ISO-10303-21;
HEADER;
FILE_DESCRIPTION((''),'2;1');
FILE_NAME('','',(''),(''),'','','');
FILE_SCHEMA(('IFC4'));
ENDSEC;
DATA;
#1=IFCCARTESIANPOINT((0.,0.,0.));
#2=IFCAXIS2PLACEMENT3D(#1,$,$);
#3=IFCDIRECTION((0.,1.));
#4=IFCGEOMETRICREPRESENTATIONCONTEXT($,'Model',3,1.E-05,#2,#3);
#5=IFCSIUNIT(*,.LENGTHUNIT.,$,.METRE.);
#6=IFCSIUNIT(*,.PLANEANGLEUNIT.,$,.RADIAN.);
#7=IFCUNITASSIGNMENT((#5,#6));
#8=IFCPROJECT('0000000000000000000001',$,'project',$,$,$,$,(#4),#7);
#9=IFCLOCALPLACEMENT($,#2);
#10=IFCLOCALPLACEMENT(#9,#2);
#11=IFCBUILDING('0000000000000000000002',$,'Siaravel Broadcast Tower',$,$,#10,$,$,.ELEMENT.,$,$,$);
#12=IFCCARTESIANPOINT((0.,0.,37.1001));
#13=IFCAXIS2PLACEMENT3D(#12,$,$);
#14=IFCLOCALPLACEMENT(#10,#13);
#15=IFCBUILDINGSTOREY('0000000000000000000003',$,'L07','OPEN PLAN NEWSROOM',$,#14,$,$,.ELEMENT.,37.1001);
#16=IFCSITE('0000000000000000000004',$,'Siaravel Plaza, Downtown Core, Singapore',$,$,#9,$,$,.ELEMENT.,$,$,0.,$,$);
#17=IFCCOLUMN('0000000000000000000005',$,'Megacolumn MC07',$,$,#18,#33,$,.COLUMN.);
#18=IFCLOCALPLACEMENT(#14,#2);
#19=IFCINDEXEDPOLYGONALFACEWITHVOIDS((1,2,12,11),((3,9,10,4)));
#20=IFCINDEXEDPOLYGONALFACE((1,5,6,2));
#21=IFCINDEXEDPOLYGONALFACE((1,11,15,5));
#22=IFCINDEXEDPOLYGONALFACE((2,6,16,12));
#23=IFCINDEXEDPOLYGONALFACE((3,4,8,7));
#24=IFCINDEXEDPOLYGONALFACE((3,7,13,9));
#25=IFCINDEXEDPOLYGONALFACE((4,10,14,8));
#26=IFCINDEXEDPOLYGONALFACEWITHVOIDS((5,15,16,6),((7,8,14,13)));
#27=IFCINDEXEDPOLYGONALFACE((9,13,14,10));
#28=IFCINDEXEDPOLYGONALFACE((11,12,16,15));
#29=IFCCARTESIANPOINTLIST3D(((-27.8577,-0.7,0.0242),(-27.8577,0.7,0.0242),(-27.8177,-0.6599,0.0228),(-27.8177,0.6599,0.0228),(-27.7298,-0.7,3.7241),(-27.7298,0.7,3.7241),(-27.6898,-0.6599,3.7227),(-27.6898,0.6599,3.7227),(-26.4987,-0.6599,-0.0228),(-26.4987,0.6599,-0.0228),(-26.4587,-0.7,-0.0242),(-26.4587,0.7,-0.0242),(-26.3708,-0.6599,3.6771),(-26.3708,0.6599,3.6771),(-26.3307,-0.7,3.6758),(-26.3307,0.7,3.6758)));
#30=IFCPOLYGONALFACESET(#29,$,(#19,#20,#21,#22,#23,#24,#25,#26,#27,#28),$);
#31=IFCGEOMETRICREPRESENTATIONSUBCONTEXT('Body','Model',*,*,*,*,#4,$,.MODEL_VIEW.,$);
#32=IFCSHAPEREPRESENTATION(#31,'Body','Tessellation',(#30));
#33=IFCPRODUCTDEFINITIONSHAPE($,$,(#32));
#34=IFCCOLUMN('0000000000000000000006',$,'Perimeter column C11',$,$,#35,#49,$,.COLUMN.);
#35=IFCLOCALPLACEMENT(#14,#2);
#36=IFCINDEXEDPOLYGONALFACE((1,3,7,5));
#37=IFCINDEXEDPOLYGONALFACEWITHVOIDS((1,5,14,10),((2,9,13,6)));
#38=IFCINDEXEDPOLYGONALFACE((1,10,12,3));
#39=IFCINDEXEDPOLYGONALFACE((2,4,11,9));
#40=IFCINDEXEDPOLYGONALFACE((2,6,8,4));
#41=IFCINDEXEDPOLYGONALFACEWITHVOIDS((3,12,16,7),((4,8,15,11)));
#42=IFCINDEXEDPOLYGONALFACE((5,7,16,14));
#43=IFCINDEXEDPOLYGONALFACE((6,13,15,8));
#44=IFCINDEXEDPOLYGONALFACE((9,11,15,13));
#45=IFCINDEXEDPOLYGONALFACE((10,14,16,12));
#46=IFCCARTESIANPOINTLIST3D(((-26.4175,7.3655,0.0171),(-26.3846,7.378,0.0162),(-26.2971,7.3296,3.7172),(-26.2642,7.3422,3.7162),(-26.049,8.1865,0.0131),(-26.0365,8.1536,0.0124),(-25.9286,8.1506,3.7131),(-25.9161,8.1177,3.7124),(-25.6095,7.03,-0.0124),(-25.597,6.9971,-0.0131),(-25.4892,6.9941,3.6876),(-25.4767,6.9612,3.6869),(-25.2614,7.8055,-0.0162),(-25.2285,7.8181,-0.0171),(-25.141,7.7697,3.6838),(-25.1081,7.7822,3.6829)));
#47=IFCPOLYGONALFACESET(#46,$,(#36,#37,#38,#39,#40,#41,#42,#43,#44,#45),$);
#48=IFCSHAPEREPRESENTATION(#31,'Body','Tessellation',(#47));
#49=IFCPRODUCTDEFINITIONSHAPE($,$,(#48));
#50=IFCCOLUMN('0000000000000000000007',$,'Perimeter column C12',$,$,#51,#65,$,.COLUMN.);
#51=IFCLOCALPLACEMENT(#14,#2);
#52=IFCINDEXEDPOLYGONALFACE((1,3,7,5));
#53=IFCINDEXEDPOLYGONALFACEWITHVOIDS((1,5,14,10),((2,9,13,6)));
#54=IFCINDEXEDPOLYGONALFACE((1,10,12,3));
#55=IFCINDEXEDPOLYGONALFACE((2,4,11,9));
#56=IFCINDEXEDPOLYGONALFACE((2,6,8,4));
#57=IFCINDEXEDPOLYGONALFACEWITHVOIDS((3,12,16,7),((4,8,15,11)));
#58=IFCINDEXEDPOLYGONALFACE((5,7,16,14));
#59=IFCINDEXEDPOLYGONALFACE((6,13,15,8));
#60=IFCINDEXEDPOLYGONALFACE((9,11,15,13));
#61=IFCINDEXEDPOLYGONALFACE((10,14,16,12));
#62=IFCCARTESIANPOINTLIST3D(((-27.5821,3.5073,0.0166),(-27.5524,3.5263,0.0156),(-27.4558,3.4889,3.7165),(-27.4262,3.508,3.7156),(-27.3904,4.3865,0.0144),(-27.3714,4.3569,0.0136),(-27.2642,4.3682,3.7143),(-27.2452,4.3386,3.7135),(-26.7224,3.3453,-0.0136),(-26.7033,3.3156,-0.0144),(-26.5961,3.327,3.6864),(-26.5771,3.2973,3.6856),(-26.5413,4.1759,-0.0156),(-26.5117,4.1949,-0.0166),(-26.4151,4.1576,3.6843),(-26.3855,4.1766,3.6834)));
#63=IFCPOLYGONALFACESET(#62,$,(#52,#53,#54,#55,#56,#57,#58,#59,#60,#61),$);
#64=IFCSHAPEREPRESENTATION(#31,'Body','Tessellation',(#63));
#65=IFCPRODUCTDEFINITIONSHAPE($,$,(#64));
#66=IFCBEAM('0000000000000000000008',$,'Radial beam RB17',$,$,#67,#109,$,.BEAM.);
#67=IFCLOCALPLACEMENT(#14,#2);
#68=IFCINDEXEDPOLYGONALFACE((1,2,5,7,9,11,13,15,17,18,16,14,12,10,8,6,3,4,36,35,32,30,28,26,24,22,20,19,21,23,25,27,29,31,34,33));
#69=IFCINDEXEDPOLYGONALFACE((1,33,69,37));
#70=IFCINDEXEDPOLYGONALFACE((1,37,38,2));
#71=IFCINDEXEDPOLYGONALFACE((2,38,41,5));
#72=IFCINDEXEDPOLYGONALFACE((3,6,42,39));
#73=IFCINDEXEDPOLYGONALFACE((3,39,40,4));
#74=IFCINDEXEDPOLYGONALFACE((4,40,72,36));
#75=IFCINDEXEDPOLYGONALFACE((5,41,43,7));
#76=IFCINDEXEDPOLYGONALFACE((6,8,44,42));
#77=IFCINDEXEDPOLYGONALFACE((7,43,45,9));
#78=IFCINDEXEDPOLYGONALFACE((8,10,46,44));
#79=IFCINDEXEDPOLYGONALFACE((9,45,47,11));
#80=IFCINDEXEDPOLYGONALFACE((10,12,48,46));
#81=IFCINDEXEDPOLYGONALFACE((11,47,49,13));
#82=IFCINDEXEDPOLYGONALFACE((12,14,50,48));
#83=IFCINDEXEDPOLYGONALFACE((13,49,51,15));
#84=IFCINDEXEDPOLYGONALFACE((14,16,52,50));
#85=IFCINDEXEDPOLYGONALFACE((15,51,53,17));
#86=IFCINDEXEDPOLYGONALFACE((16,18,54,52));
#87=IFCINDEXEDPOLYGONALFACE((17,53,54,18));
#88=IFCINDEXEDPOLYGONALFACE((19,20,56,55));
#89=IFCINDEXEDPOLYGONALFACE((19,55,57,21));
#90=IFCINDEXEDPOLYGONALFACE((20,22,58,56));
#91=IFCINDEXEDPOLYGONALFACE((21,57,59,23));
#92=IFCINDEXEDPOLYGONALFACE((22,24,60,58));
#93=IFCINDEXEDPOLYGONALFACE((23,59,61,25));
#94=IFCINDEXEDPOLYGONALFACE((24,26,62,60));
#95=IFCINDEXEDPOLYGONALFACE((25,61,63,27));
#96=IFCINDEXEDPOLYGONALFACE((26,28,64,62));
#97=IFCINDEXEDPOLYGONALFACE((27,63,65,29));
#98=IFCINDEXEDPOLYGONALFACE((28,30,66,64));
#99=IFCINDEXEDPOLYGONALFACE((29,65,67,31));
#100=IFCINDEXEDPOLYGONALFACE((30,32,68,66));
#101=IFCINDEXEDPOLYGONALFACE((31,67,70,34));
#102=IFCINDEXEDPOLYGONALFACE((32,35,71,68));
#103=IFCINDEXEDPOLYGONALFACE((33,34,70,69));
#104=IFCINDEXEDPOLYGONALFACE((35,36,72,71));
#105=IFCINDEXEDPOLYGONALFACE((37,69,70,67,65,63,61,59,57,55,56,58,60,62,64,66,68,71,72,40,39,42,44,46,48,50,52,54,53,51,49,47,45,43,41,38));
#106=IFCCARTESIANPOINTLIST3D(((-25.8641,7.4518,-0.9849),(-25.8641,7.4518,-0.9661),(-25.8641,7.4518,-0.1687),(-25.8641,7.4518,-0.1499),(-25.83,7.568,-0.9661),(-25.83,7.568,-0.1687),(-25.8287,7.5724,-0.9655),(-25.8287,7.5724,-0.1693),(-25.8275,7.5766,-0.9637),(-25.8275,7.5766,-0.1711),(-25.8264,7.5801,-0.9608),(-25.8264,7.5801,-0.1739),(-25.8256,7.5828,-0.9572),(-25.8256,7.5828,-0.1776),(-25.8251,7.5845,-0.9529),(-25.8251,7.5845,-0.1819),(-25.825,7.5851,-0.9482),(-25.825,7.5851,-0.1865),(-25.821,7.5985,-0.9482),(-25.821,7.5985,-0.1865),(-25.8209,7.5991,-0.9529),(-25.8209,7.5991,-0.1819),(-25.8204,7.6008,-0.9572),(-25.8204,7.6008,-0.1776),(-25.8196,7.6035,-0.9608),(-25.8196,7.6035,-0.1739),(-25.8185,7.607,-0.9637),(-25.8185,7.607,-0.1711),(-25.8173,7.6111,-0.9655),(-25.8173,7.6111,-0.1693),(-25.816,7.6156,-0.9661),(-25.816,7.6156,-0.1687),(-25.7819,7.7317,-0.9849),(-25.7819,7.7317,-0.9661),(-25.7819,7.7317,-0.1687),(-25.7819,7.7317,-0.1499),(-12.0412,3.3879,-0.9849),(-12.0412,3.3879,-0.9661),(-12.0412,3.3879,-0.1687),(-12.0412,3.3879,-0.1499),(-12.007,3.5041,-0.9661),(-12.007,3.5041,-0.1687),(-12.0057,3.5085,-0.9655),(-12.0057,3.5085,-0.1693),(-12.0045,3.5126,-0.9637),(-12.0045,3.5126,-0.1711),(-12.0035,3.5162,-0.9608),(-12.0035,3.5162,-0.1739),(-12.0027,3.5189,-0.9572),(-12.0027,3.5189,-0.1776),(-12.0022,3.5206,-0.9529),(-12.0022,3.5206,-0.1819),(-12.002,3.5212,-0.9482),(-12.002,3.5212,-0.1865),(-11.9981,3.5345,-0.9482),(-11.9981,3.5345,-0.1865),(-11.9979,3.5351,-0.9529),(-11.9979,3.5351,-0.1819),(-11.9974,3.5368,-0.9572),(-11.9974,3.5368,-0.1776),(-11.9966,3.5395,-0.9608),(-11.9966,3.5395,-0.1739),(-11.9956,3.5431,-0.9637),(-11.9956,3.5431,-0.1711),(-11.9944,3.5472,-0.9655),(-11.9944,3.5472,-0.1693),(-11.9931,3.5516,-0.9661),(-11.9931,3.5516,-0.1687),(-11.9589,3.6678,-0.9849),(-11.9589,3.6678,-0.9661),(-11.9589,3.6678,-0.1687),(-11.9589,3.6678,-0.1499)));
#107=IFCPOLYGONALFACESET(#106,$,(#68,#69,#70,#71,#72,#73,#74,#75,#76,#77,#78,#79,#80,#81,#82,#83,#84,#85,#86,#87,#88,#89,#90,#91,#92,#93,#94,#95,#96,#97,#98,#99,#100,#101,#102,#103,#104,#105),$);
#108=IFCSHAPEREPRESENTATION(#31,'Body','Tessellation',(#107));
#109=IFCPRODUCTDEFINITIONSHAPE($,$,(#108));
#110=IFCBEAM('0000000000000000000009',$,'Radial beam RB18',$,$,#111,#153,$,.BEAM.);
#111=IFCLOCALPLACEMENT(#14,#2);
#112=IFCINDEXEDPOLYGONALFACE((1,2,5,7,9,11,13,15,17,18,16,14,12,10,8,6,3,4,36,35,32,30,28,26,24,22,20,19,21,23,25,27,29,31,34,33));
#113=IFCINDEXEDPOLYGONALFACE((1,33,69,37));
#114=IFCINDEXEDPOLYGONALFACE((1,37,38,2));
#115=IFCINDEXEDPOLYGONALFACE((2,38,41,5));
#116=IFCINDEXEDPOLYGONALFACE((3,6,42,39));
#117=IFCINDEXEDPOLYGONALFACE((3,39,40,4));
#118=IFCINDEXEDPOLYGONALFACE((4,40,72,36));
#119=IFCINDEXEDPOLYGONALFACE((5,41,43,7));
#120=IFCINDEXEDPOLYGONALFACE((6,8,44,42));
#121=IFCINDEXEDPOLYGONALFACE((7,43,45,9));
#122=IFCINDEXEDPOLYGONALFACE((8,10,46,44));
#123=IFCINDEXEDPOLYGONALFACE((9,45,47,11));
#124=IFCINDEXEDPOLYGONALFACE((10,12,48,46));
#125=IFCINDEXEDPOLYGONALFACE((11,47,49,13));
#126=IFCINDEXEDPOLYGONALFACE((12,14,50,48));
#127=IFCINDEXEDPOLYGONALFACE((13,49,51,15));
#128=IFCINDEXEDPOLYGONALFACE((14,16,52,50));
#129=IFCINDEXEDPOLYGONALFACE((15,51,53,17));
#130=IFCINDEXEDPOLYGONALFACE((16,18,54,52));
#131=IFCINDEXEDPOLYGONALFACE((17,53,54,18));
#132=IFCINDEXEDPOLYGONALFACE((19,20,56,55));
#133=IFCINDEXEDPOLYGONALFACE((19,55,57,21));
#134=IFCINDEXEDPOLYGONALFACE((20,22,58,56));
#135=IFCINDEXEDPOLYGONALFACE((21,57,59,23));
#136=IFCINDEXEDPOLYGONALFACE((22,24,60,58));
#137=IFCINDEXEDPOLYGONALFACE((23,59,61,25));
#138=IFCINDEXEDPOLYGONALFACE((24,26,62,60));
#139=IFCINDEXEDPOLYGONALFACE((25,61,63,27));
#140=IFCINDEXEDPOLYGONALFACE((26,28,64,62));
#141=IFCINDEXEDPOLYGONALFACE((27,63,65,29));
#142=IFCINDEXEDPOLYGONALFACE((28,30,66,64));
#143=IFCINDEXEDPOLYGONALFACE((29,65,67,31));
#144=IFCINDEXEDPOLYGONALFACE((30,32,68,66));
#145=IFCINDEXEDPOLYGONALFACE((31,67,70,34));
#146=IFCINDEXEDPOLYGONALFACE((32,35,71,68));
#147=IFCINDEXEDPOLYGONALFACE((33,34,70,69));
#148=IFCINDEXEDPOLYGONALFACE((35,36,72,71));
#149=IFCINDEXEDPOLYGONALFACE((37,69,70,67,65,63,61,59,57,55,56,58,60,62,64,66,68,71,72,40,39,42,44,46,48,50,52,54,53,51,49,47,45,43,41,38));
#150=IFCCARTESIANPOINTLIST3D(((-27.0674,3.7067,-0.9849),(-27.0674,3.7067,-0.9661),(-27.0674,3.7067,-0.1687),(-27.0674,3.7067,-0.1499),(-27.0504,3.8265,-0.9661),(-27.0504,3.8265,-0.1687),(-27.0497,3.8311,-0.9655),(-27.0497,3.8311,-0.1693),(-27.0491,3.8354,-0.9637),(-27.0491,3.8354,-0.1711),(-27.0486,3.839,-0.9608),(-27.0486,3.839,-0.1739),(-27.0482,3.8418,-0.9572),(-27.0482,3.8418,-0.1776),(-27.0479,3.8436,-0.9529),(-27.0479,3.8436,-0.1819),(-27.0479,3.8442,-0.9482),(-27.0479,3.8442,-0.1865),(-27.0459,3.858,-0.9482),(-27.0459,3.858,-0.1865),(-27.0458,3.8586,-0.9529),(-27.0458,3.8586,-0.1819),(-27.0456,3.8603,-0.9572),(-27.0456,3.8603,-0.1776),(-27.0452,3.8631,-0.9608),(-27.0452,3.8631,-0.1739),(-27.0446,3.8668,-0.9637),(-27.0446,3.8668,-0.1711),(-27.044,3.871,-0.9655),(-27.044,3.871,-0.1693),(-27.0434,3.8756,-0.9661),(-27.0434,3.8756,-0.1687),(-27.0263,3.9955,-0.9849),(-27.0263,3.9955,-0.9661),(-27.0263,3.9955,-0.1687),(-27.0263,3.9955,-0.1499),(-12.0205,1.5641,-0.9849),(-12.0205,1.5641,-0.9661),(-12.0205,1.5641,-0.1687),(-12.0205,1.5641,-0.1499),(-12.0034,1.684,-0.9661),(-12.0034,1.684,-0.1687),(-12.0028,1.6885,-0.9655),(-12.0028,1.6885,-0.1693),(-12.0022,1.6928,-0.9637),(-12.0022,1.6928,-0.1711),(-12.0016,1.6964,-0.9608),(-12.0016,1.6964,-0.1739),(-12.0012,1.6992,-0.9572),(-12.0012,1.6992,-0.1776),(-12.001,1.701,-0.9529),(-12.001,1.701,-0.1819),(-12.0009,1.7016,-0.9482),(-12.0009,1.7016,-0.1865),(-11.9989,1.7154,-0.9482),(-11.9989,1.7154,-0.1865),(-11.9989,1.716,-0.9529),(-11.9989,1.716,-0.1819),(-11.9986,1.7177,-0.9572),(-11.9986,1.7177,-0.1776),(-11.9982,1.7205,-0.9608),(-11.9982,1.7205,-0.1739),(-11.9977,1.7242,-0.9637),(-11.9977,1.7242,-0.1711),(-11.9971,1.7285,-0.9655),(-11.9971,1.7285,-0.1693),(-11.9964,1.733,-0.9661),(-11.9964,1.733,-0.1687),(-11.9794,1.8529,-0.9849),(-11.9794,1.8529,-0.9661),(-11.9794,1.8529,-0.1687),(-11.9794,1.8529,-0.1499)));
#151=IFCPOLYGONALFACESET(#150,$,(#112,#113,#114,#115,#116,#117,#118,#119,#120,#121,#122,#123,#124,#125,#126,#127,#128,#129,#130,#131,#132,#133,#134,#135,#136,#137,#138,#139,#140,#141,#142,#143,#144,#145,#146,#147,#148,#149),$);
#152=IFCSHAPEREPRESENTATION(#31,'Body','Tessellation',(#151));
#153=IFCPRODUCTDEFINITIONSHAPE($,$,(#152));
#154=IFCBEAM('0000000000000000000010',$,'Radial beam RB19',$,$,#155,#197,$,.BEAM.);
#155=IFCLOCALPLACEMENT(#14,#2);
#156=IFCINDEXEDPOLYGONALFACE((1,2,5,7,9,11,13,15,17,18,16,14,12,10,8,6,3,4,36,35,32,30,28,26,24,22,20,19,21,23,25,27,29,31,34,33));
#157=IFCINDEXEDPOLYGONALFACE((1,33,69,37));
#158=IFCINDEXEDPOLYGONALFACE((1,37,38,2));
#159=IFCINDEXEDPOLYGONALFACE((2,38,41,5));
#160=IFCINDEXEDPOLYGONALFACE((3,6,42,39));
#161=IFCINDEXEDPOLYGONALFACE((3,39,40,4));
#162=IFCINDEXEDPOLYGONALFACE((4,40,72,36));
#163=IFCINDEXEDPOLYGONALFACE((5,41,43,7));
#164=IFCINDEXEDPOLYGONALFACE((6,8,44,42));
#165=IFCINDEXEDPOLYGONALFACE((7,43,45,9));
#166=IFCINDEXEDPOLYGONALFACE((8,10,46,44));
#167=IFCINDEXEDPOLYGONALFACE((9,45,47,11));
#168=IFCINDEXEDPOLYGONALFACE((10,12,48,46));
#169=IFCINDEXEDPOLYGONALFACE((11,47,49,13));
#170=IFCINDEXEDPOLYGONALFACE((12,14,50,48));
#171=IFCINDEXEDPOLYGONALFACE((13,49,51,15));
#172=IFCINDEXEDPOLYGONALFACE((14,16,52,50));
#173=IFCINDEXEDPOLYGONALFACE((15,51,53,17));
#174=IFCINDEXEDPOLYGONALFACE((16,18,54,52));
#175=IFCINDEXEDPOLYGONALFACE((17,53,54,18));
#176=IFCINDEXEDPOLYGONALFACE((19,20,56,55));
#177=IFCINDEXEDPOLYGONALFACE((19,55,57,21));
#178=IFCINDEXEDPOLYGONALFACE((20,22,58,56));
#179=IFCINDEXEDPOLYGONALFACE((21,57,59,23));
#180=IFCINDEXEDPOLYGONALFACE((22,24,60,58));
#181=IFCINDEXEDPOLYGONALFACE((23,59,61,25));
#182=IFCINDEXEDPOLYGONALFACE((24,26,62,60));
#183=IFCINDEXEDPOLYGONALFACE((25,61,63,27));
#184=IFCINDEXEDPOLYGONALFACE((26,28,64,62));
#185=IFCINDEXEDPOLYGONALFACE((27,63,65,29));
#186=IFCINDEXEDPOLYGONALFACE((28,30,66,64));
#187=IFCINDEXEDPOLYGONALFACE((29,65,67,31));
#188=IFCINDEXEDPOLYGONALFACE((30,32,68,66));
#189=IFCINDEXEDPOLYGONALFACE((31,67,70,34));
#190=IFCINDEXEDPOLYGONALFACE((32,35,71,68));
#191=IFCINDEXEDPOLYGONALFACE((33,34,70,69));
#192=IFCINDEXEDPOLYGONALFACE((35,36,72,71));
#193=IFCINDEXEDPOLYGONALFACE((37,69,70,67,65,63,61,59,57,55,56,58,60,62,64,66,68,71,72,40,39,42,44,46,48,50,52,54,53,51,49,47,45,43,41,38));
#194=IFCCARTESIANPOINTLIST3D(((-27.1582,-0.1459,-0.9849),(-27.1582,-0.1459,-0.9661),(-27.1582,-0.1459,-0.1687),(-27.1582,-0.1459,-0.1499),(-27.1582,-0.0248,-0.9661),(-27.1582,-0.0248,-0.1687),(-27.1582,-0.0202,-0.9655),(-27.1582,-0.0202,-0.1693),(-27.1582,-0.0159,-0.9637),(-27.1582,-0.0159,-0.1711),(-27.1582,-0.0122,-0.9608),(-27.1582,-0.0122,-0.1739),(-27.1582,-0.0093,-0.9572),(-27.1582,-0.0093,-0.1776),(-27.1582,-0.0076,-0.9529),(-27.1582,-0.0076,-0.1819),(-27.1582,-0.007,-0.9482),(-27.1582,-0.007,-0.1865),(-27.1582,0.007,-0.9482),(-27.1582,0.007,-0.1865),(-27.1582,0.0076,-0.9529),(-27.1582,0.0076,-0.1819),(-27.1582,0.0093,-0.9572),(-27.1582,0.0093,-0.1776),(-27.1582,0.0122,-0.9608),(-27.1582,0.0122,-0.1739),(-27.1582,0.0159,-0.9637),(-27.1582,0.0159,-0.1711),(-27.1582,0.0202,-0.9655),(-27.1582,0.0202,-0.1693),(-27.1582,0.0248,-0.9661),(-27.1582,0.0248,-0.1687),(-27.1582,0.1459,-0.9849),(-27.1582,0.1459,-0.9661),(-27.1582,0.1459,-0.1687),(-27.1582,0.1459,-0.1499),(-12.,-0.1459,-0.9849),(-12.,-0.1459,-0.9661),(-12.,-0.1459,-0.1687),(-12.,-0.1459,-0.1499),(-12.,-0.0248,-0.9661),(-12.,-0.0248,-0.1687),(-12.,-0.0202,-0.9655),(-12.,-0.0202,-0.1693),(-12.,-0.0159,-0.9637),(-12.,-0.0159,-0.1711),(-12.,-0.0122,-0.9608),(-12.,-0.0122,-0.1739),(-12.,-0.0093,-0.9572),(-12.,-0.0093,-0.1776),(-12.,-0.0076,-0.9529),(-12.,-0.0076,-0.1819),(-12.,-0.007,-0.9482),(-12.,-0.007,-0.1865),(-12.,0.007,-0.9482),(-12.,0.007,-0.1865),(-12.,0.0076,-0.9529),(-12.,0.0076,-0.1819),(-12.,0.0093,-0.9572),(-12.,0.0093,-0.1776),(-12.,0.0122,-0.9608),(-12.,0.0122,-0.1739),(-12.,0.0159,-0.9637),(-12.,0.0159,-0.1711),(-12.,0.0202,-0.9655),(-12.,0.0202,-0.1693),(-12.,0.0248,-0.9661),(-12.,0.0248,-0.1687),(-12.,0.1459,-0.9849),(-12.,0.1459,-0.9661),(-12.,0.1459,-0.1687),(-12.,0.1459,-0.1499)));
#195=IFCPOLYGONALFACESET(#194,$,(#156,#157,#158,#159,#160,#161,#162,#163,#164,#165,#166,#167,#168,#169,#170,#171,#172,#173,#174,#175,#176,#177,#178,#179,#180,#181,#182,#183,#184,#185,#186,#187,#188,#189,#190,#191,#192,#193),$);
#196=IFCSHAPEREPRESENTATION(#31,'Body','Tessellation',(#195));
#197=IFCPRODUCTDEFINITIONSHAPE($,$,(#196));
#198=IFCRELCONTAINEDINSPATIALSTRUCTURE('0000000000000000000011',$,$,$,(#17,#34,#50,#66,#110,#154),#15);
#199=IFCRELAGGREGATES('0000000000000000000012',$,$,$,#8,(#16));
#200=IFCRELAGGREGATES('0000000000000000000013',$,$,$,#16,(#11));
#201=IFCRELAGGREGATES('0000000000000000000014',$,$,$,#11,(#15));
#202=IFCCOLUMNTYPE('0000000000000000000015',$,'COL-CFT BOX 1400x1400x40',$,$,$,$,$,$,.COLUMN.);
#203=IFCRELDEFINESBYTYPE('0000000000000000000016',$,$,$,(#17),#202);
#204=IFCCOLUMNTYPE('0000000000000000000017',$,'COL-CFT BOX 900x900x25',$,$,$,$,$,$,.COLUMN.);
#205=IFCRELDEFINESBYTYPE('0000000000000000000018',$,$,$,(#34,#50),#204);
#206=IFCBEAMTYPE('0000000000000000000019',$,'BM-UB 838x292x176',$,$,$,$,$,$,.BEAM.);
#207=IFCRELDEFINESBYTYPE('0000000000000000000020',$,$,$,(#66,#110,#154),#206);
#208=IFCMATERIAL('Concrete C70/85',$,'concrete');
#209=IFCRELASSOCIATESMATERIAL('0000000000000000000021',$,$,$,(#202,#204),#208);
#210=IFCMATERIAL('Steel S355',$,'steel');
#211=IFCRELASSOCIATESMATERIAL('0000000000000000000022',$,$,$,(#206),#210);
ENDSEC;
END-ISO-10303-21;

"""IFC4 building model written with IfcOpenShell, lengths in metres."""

from ifc_helpers import new_model, si_unit, direction, frame, origin, origin_2d, place, context, subcontext, project, spatial, hollow_rectangle, i_section, extrude, material, material_profile, profile_set, type_object, element, save


model = new_model("IFC4")

# Units and contexts
model_context = context("Model", 3, precision=1e-05, world=origin(), true_north=direction((0.0, 1.0)))
body_context = subcontext(model_context, "Body", "Model", "MODEL_VIEW")
ifc_project = project(units=[si_unit("LENGTHUNIT", "METRE"), si_unit("PLANEANGLEUNIT", "RADIAN")], contexts=[model_context])

# Site, building, storey
site_placement = place(None, origin())
site = spatial("IfcSite", under=ifc_project, at=site_placement, Name="Siaravel Plaza, Downtown Core, Singapore", CompositionType="ELEMENT", RefElevation=0.0)
building_placement = place(site_placement, origin())
building = spatial("IfcBuilding", under=site, at=building_placement, Name="Siaravel Broadcast Tower", CompositionType="ELEMENT")
storey_placement = place(building_placement, frame((0.0, 0.0, 37.1001)))
storey = spatial("IfcBuildingStorey", under=building, at=storey_placement, Name="L07", Description="OPEN PLAN NEWSROOM", CompositionType="ELEMENT", Elevation=37.1001)

# Columns
ifc_material_1 = material(Name="Concrete C70/85", Category="concrete")
ifc_material_profile_1 = material_profile(ifc_material_1, hollow_rectangle(XDim=1.3999, YDim=1.3999, WallThickness=0.04, at=origin_2d()))
ifc_profile_set_1 = profile_set([ifc_material_profile_1], Name="Concrete C70/85")
column_type_1 = type_object("IfcColumnType", Name="COL-CFT BOX 1400x1400x40", PredefinedType="COLUMN", material=ifc_profile_set_1)
column_placement = place(storey_placement, frame((-27.1582, 0.0, 0.0), z_axis=(0.034555, 0.0, 0.999403), x_axis=(0.0, 1.0, 0.0)))
element("IfcColumn", 1, at=column_placement, inside=storey, type_object=column_type_1, Name="Megacolumn MC07", PredefinedType="COLUMN", context=body_context, shape_type="SweptSolid", body=[
    extrude(hollow_rectangle(XDim=1.3999, YDim=1.3999, WallThickness=0.04, at=origin_2d()), origin(), (0.0, 0.0, 1.0), 3.7021),
])
ifc_material_profile_2 = material_profile(ifc_material_1, hollow_rectangle(XDim=0.8999, YDim=0.8999, WallThickness=0.0249, at=origin_2d()))
ifc_profile_set_2 = profile_set([ifc_material_profile_2], Name="Concrete C70/85")
column_type_2 = type_object("IfcColumnType", Name="COL-CFT BOX 900x900x25", PredefinedType="COLUMN", material=ifc_profile_set_2)
for number, where, z_axis, x_axis, name in (
    (2, (-25.823, 7.5918, 0.0), (0.032512, -0.009694, 0.999424), (0.409504, 0.912297, -0.004472), "Perimeter column C11"),
    (3, (-27.0469, 3.8511, 0.0), (0.034094, -0.004946, 0.999406), (0.212975, 0.977055, -0.00243), "Perimeter column C12"),
):
    element("IfcColumn", number, at=place(storey_placement, frame(where, z_axis=z_axis, x_axis=x_axis)), inside=storey, type_object=column_type_2, Name=name, PredefinedType="COLUMN", context=body_context, shape_type="SweptSolid", body=[
        extrude(hollow_rectangle(XDim=0.8999, YDim=0.8999, WallThickness=0.0249, at=origin_2d()), origin(), (0.0, 0.0, 1.0), 3.7021),
    ])

# Beams
ifc_material_2 = material(Name="Steel S355", Category="steel")
ifc_material_profile_3 = material_profile(ifc_material_2, i_section(OverallWidth=0.2917, OverallDepth=0.835, WebThickness=0.0139, FlangeThickness=0.0188, FilletRadius=0.0178, at=origin_2d()))
ifc_profile_set_3 = profile_set([ifc_material_profile_3], Name="Steel S355")
beam_type = type_object("IfcBeamType", Name="BM-UB 838x292x176", PredefinedType="BEAM", material=ifc_profile_set_3)
beam_1_placement = place(storey_placement, frame((-25.823, 7.5918, -0.5674), z_axis=(0.959396, -0.282063, 0.0), x_axis=(0.282063, 0.959396, 0.0)))
element("IfcBeam", 4, at=beam_1_placement, inside=storey, type_object=beam_type, Name="Radial beam RB17", PredefinedType="BEAM", context=body_context, shape_type="SweptSolid", body=[
    extrude(i_section(OverallWidth=0.2917, OverallDepth=0.835, WebThickness=0.0139, FlangeThickness=0.0188, FilletRadius=0.0178, at=origin_2d()), origin(), (0.0, 0.0, 1.0), 14.408),
])
beam_2_placement = place(storey_placement, frame((-27.0469, 3.8511, -0.5674), z_axis=(0.990014, -0.140972, 0.0), x_axis=(0.140972, 0.990014, 0.0)))
element("IfcBeam", 5, at=beam_2_placement, inside=storey, type_object=beam_type, Name="Radial beam RB18", PredefinedType="BEAM", context=body_context, shape_type="SweptSolid", body=[
    extrude(i_section(OverallWidth=0.2917, OverallDepth=0.835, WebThickness=0.0139, FlangeThickness=0.0188, FilletRadius=0.0178, at=origin_2d()), origin(), (0.0, 0.0, 1.0), 15.1987),
])
beam_3_placement = place(storey_placement, frame((-27.1582, 0.0, -0.5674), z_axis=(1.0, 0.0, 0.0), x_axis=(0.0, 1.0, 0.0)))
element("IfcBeam", 6, at=beam_3_placement, inside=storey, type_object=beam_type, Name="Radial beam RB19", PredefinedType="BEAM", context=body_context, shape_type="SweptSolid", body=[
    extrude(i_section(OverallWidth=0.2917, OverallDepth=0.835, WebThickness=0.0139, FlangeThickness=0.0188, FilletRadius=0.0178, at=origin_2d()), origin(), (0.0, 0.0, 1.0), 15.1582),
])

save(model, "model.ifc")
